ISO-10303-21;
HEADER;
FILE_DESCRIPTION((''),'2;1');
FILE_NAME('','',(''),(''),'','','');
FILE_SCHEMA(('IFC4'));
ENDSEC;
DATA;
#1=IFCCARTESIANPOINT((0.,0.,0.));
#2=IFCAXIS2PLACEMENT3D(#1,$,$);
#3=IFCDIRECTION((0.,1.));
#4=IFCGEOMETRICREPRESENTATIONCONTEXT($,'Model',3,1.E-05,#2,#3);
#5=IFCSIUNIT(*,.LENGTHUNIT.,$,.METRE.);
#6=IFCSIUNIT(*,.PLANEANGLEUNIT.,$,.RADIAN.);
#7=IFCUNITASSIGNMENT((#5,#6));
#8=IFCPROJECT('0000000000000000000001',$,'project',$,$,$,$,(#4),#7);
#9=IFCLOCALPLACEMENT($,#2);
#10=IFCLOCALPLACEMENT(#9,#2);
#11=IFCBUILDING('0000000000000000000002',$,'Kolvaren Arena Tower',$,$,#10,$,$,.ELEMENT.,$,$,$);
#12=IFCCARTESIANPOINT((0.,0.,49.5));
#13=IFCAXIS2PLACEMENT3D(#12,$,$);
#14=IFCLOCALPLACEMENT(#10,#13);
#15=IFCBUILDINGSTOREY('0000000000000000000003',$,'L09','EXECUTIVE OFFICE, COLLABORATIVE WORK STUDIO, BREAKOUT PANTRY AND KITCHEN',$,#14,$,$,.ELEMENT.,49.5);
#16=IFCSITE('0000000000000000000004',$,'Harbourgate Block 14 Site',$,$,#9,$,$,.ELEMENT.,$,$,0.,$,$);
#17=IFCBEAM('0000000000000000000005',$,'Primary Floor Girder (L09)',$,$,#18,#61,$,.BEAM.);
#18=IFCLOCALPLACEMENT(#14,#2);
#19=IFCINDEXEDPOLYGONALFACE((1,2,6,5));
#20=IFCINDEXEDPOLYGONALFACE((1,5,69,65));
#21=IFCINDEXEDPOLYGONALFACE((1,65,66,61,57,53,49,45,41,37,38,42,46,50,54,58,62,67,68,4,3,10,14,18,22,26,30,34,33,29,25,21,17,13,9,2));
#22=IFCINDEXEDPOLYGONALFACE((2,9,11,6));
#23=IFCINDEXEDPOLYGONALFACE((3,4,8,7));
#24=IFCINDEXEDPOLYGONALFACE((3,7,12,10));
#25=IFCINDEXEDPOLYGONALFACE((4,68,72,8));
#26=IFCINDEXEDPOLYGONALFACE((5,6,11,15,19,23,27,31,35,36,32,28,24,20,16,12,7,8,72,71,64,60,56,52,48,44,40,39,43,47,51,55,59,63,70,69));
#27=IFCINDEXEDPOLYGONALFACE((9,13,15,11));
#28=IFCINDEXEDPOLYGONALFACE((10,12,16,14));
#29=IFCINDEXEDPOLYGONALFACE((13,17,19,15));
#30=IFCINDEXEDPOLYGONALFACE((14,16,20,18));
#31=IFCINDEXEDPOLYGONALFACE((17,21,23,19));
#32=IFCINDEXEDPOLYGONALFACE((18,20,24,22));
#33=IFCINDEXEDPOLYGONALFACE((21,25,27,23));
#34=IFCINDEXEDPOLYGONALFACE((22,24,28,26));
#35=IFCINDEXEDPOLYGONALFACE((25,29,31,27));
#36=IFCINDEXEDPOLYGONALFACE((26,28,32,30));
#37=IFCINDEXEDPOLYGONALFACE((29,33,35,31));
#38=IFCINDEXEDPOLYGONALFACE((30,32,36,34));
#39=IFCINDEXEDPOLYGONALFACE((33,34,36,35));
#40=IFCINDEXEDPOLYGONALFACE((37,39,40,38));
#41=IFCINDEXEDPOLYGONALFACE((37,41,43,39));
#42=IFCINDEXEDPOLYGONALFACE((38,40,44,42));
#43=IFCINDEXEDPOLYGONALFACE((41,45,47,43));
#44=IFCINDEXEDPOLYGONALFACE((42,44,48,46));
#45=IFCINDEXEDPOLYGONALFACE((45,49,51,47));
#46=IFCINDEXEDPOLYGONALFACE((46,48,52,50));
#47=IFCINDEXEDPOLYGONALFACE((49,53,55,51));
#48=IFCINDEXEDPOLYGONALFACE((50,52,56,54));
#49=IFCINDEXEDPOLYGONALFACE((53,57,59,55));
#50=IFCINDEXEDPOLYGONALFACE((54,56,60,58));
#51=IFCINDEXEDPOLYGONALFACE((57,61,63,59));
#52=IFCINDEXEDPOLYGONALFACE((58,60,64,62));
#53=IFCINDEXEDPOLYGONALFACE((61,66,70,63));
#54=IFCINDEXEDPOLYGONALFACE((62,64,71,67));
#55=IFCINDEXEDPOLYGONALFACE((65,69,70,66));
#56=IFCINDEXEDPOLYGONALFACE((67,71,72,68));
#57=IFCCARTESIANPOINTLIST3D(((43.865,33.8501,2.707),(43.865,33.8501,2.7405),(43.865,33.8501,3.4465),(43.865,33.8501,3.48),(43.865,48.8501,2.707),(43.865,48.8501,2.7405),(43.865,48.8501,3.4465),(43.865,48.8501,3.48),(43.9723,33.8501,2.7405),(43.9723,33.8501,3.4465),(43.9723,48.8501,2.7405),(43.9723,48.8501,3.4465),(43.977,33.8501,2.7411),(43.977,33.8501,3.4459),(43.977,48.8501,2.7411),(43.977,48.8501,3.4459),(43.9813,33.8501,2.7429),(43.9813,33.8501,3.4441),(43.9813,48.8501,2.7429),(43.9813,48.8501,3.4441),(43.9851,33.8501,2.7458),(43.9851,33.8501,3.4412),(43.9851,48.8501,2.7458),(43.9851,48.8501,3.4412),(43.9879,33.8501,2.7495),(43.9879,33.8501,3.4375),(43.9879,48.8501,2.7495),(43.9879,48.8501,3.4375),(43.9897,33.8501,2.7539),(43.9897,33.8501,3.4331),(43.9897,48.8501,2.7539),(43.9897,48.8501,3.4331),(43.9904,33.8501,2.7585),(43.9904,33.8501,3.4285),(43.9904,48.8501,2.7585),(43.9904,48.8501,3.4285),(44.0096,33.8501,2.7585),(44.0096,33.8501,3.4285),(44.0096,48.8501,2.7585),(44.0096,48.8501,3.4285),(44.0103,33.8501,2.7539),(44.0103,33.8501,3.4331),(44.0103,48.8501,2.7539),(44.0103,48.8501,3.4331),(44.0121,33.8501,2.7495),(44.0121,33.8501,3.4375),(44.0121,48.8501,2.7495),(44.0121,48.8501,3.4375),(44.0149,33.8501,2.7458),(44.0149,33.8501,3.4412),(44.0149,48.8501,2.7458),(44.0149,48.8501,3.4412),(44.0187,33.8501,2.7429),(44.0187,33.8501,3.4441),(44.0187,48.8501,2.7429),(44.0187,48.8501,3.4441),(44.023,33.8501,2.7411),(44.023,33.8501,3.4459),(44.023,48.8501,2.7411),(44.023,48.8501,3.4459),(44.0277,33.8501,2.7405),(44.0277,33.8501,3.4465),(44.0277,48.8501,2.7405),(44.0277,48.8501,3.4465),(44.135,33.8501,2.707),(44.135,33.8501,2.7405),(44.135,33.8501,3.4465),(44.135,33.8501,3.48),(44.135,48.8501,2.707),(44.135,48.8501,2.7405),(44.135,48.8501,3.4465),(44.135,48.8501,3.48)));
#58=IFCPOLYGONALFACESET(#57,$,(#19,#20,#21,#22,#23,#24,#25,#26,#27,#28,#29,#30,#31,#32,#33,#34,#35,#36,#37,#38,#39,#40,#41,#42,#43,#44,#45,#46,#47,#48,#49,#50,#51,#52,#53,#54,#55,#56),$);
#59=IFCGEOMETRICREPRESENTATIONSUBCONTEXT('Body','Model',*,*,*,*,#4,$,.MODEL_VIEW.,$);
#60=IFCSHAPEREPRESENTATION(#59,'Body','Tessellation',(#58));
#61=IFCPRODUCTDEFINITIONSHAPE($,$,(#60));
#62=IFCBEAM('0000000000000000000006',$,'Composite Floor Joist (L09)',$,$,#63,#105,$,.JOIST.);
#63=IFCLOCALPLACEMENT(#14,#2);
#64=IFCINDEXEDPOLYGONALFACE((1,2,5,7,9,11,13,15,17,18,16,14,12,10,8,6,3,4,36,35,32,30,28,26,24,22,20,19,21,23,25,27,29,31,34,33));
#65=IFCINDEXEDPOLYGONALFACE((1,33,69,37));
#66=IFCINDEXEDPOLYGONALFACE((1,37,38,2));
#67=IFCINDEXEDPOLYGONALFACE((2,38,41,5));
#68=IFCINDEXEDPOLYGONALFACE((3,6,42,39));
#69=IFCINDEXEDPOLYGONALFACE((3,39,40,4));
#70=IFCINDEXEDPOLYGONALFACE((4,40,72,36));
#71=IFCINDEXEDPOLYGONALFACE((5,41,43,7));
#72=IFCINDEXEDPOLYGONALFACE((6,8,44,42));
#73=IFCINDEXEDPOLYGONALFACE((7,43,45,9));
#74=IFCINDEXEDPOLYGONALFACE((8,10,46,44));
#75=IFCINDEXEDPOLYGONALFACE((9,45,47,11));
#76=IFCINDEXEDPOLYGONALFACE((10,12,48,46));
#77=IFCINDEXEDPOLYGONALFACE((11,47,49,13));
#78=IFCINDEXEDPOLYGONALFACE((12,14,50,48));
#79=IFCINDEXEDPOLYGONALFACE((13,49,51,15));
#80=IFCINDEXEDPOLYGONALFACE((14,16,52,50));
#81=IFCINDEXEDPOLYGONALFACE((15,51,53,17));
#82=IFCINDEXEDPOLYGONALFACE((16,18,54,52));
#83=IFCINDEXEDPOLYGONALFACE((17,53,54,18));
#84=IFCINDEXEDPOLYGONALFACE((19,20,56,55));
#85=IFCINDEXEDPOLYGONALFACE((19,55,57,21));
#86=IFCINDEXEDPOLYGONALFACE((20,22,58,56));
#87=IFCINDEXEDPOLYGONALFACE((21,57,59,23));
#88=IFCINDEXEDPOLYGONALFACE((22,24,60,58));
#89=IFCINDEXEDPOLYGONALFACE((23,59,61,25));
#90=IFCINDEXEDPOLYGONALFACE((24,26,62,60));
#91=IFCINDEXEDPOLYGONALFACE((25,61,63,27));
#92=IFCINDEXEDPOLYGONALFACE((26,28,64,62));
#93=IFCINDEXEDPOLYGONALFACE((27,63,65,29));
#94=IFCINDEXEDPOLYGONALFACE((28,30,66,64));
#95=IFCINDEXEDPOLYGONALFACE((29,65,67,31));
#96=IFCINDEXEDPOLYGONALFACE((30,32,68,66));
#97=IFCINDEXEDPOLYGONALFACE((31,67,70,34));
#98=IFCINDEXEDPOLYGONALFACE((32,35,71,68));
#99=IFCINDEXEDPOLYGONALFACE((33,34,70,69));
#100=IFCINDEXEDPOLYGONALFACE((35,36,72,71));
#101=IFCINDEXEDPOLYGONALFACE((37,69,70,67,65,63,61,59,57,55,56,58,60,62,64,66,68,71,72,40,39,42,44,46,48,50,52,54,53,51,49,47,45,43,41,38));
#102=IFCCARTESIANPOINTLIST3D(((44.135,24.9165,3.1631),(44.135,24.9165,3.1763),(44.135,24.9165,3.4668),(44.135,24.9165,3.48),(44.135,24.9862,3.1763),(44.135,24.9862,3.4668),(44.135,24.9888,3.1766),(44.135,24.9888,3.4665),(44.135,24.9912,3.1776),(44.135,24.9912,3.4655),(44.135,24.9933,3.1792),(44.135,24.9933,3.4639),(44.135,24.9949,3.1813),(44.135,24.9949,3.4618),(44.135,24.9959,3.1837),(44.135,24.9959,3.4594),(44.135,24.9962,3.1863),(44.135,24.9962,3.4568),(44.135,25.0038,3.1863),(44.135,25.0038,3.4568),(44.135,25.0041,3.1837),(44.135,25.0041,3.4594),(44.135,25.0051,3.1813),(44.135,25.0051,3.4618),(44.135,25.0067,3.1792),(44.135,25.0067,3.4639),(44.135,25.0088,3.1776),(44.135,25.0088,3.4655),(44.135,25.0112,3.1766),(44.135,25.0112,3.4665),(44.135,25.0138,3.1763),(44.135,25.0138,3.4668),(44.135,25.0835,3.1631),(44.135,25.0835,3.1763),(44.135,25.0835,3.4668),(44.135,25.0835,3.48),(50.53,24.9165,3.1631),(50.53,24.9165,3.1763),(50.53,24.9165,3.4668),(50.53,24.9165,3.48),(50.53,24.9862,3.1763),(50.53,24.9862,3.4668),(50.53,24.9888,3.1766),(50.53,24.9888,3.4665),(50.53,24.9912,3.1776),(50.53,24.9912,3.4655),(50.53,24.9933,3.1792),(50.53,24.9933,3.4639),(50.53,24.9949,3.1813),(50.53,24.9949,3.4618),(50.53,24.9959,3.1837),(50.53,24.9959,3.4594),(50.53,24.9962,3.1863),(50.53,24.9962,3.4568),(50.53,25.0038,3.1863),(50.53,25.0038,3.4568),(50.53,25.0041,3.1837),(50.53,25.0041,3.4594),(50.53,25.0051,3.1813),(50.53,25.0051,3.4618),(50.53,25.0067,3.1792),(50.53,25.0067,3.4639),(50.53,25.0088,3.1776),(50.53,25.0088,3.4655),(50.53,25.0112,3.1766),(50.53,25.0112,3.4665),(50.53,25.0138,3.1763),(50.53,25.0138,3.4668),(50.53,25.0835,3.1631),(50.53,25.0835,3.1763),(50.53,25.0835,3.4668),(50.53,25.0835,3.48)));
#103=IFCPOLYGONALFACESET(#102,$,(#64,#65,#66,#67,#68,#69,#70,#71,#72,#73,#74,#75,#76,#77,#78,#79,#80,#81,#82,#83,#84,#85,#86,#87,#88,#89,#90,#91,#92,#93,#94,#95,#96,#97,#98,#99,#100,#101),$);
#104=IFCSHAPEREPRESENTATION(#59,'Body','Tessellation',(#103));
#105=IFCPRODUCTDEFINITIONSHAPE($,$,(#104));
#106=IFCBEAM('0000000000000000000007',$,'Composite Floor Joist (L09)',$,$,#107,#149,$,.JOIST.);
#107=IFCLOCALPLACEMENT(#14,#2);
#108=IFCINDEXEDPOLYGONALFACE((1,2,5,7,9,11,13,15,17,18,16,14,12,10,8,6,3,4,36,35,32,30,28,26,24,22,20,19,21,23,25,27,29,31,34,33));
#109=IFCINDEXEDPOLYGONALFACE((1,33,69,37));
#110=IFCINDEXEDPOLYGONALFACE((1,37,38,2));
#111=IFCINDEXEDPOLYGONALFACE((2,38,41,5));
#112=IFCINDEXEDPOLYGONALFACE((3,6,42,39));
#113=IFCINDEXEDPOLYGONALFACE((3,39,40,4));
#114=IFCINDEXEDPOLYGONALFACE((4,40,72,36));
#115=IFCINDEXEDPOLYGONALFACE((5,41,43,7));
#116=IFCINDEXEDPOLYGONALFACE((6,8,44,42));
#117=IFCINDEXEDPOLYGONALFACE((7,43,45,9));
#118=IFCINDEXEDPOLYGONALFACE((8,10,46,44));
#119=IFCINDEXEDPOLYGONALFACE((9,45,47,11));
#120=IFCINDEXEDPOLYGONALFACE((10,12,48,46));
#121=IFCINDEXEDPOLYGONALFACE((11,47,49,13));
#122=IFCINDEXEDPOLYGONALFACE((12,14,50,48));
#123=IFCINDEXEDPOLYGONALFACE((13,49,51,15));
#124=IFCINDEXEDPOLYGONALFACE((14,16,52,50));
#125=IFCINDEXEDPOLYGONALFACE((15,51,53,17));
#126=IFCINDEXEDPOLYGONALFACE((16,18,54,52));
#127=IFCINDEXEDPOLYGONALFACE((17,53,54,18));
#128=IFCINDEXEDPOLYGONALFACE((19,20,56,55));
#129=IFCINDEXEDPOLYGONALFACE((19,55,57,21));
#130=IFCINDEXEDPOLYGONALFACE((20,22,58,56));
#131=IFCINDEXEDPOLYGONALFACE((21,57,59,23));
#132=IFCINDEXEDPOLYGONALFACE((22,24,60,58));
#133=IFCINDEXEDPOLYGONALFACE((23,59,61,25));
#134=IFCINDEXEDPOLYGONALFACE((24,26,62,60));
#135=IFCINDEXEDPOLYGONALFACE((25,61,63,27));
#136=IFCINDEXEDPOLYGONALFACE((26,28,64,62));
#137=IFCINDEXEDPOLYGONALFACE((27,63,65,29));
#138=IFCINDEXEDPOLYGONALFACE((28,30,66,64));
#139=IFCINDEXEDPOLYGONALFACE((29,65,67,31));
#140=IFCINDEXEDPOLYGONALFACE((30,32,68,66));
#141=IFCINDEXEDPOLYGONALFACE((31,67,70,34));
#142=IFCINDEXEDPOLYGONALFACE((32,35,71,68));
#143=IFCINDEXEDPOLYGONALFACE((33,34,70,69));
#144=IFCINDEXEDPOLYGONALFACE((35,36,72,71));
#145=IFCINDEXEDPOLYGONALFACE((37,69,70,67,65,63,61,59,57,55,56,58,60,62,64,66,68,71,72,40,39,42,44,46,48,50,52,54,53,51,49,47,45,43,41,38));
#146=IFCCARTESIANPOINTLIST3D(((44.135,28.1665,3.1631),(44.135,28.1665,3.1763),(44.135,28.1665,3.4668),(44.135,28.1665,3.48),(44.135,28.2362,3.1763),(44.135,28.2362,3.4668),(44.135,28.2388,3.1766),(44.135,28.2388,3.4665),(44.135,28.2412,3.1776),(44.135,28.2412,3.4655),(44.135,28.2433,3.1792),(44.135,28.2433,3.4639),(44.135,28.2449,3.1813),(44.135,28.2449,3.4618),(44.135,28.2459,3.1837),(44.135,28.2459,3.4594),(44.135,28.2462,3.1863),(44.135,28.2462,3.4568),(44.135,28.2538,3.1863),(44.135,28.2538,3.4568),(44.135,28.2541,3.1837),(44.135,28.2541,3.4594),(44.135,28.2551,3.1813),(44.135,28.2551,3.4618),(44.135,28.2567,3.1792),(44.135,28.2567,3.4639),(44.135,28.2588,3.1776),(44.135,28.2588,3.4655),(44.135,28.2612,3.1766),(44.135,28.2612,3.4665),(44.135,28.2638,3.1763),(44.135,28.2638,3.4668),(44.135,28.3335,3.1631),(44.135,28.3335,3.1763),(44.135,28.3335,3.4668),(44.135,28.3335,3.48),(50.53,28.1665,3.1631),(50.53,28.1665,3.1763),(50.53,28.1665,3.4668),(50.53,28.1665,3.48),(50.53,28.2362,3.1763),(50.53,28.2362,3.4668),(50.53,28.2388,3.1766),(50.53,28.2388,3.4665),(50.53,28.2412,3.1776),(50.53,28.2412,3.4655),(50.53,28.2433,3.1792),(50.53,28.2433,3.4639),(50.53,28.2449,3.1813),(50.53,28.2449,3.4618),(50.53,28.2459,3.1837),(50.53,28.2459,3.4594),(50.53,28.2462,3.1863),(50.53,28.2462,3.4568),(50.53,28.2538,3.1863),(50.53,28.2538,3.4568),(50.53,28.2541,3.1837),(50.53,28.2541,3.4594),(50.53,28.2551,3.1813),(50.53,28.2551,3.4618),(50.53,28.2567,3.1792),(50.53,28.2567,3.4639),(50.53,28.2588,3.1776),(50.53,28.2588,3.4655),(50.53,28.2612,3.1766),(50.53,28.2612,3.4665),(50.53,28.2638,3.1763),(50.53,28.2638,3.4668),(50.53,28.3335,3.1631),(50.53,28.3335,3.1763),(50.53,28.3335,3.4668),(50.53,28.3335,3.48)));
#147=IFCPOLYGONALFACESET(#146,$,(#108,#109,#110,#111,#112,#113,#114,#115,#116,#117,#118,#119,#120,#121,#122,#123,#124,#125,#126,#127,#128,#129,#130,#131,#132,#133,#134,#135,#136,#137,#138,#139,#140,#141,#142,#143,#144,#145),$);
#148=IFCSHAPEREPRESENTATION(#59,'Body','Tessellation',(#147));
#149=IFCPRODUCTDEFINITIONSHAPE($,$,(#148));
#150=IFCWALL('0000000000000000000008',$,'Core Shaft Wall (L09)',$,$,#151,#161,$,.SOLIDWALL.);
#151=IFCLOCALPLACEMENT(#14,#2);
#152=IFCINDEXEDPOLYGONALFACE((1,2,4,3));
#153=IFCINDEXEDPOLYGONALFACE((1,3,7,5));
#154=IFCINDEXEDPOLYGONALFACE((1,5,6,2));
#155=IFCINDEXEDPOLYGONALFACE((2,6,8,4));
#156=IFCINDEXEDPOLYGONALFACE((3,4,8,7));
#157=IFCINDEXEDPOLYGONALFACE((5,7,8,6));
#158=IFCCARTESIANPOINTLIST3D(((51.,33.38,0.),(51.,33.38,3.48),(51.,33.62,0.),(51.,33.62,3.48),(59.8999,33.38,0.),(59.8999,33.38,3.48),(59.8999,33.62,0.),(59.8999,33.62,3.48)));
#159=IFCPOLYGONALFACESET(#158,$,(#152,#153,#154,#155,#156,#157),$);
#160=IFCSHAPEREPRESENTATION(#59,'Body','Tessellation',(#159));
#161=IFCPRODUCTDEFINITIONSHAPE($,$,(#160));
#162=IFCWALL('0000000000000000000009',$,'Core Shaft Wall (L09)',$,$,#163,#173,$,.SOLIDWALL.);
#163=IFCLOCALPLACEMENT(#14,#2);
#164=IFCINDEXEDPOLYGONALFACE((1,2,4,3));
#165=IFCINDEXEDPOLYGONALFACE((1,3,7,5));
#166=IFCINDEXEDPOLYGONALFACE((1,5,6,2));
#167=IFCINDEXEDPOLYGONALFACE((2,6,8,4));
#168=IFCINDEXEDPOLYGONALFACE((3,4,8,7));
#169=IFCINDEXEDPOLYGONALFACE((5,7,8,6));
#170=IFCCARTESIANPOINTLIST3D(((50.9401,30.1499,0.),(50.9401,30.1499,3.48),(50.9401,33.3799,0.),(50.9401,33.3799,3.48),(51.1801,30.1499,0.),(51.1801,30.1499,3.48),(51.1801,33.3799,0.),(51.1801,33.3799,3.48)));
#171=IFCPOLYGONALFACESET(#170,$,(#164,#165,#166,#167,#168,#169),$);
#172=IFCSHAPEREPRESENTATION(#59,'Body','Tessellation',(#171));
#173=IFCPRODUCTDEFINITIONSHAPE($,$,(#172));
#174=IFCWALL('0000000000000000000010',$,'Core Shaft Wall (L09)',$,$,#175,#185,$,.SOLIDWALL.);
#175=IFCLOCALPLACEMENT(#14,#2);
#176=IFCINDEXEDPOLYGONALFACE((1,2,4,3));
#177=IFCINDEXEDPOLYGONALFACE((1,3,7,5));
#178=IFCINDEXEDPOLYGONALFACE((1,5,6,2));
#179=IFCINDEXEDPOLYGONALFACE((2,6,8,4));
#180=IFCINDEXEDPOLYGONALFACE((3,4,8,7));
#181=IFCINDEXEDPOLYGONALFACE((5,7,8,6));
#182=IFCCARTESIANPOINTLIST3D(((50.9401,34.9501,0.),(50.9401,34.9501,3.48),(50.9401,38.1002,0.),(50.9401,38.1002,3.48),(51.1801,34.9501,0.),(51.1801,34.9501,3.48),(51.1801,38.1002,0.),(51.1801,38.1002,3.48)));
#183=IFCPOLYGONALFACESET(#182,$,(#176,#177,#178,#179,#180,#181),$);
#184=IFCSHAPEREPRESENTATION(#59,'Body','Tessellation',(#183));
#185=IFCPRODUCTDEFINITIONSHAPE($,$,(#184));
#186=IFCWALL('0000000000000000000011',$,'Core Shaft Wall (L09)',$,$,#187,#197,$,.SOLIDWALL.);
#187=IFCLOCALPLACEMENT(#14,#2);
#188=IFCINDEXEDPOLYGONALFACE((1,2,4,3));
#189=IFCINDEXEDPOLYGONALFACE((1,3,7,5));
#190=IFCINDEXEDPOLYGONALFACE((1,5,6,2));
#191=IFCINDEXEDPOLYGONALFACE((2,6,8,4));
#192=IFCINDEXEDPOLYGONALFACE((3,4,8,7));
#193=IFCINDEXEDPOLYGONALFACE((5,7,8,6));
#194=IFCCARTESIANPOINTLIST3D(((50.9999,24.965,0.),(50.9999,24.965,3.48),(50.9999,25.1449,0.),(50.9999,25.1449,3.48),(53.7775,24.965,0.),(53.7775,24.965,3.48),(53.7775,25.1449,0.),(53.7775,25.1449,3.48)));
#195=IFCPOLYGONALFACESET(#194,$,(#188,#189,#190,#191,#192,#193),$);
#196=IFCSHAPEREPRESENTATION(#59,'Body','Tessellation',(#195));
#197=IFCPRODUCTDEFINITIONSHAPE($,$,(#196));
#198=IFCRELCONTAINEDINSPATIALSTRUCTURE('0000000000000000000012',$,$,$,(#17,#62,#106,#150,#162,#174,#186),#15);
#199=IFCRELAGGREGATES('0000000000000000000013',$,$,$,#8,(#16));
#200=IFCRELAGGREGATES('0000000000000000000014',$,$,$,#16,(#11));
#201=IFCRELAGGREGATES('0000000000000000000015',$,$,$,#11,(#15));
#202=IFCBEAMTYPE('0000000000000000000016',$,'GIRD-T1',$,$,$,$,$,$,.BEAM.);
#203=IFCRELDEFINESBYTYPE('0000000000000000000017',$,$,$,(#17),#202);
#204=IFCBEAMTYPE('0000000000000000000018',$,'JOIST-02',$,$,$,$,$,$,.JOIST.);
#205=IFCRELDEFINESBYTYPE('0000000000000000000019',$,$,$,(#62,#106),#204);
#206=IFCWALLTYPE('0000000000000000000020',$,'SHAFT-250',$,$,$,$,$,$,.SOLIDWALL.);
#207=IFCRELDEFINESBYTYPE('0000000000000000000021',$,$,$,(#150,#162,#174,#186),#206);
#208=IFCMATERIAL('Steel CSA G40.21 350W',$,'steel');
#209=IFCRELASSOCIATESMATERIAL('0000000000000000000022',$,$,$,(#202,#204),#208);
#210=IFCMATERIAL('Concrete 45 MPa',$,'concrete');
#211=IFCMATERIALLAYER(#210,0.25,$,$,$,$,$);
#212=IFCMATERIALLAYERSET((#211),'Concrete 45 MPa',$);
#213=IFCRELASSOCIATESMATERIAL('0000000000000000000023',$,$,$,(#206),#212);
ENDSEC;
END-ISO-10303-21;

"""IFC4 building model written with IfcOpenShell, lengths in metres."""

from ifc_helpers import new_model, si_unit, direction, frame, frame_2d, origin, origin_2d, place, context, subcontext, project, spatial, rectangle, i_section, extrude, material, layer, layer_set, material_profile, profile_set, type_object, element, save


model = new_model("IFC4")

# Units and contexts
model_context = context("Model", 3, precision=1e-05, world=origin(), true_north=direction((0.0, 1.0)))
body_context = subcontext(model_context, "Body", "Model", "MODEL_VIEW")
ifc_project = project(units=[si_unit("LENGTHUNIT", "METRE"), si_unit("PLANEANGLEUNIT", "RADIAN")], contexts=[model_context])

# Site, building, storey
site_placement = place(None, origin())
site = spatial("IfcSite", under=ifc_project, at=site_placement, Name="Harbourgate Block 14 Site", CompositionType="ELEMENT", RefElevation=0.0)
building_placement = place(site_placement, origin())
building = spatial("IfcBuilding", under=site, at=building_placement, Name="Kolvaren Arena Tower", CompositionType="ELEMENT")
storey_placement = place(building_placement, frame((0.0, 0.0, 49.5)))
storey = spatial("IfcBuildingStorey", under=building, at=storey_placement, Name="L09", Description="EXECUTIVE OFFICE, COLLABORATIVE WORK STUDIO, BREAKOUT PANTRY AND KITCHEN", CompositionType="ELEMENT", Elevation=49.5)

# Beams
ifc_material_1 = material(Name="Steel CSA G40.21 350W", Category="steel")
ifc_material_profile_1 = material_profile(ifc_material_1, i_section(OverallWidth=0.27, OverallDepth=0.7729, WebThickness=0.0193, FlangeThickness=0.0334, FilletRadius=0.0181, at=origin_2d()), Name="W760x257")
ifc_profile_set_1 = profile_set([ifc_material_profile_1], Name="Steel CSA G40.21 350W")
beam_type_1 = type_object("IfcBeamType", Name="GIRD-T1", PredefinedType="BEAM", material=ifc_profile_set_1)
beam_1_placement = place(storey_placement, frame((44.0, 33.8501, 3.0935), z_axis=(0.0, 1.0, 0.0), x_axis=(-1.0, 0.0, 0.0)))
element("IfcBeam", 1, at=beam_1_placement, inside=storey, type_object=beam_type_1, Name="Primary Floor Girder (L09)", PredefinedType="BEAM", context=body_context, shape_type="SweptSolid", body=[
    extrude(i_section(OverallWidth=0.27, OverallDepth=0.7729, WebThickness=0.0193, FlangeThickness=0.0334, FilletRadius=0.0181, at=origin_2d()), origin(), (0.0, 0.0, 1.0), 15.0),
])
ifc_material_profile_2 = material_profile(ifc_material_1, i_section(OverallWidth=0.167, OverallDepth=0.3169, WebThickness=0.0076, FlangeThickness=0.0132, FilletRadius=0.01, at=origin_2d()), Name="W310x52")
ifc_profile_set_2 = profile_set([ifc_material_profile_2], Name="Steel CSA G40.21 350W")
beam_type_2 = type_object("IfcBeamType", Name="JOIST-02", PredefinedType="JOIST", material=ifc_profile_set_2)
for number, where, z_axis, x_axis, name in (
    (2, (44.135, 25.0, 3.3215), (1.0, 0.0, 0.0), (0.0, 1.0, 0.0), "Composite Floor Joist (L09)"),
    (3, (44.135, 28.25, 3.3215), (1.0, 0.0, 0.0), (0.0, 1.0, 0.0), "Composite Floor Joist (L09)"),
):
    element("IfcBeam", number, at=place(storey_placement, frame(where, z_axis=z_axis, x_axis=x_axis)), inside=storey, type_object=beam_type_2, Name=name, PredefinedType="JOIST", context=body_context, shape_type="SweptSolid", body=[
        extrude(i_section(OverallWidth=0.167, OverallDepth=0.3169, WebThickness=0.0076, FlangeThickness=0.0132, FilletRadius=0.01, at=origin_2d()), origin(), (0.0, 0.0, 1.0), 6.395),
    ])

# Walls
ifc_material_2 = material(Name="Concrete 45 MPa", Category="concrete")
ifc_layer = layer(ifc_material_2, 0.25)
ifc_layer_set = layer_set([ifc_layer], Name="Concrete 45 MPa")
wall_type = type_object("IfcWallType", Name="SHAFT-250", PredefinedType="SOLIDWALL", material=ifc_layer_set)
wall_1_placement = place(storey_placement, frame((51.0, 33.5, 0.0), z_axis=(0.0, 0.0, 1.0), x_axis=(1.0, 0.0, 0.0)))
element("IfcWall", 4, at=wall_1_placement, inside=storey, type_object=wall_type, Name="Core Shaft Wall (L09)", PredefinedType="SOLIDWALL", context=body_context, shape_type="SweptSolid", body=[
    extrude(rectangle(XDim=8.8999, YDim=0.24, at=frame_2d((4.45, 0.0))), origin(), (0.0, 0.0, 1.0), 3.48),
])
wall_2_placement = place(storey_placement, frame((51.0601, 30.1499, 0.0), z_axis=(0.0, 0.0, 1.0), x_axis=(0.0, 1.0, 0.0)))
element("IfcWall", 5, at=wall_2_placement, inside=storey, type_object=wall_type, Name="Core Shaft Wall (L09)", PredefinedType="SOLIDWALL", context=body_context, shape_type="SweptSolid", body=[
    extrude(rectangle(XDim=3.23, YDim=0.24, at=frame_2d((1.615, 0.0))), origin(), (0.0, 0.0, 1.0), 3.48),
])
wall_3_placement = place(storey_placement, frame((51.0601, 34.95, 0.0), z_axis=(0.0, 0.0, 1.0), x_axis=(0.0, 1.0, 0.0)))
element("IfcWall", 6, at=wall_3_placement, inside=storey, type_object=wall_type, Name="Core Shaft Wall (L09)", PredefinedType="SOLIDWALL", context=body_context, shape_type="SweptSolid", body=[
    extrude(rectangle(XDim=3.1501, YDim=0.24, at=frame_2d((1.5752, 0.0))), origin(), (0.0, 0.0, 1.0), 3.48),
])
wall_4_placement = place(storey_placement, frame((51.0, 25.0549, 0.0), z_axis=(0.0, 0.0, 1.0), x_axis=(1.0, 0.0, 0.0)))
element("IfcWall", 7, at=wall_4_placement, inside=storey, type_object=wall_type, Name="Core Shaft Wall (L09)", PredefinedType="SOLIDWALL", context=body_context, shape_type="SweptSolid", body=[
    extrude(rectangle(XDim=2.7776, YDim=0.1799, at=frame_2d((1.3887, 0.0))), origin(), (0.0, 0.0, 1.0), 3.48),
])

save(model, "model.ifc")
